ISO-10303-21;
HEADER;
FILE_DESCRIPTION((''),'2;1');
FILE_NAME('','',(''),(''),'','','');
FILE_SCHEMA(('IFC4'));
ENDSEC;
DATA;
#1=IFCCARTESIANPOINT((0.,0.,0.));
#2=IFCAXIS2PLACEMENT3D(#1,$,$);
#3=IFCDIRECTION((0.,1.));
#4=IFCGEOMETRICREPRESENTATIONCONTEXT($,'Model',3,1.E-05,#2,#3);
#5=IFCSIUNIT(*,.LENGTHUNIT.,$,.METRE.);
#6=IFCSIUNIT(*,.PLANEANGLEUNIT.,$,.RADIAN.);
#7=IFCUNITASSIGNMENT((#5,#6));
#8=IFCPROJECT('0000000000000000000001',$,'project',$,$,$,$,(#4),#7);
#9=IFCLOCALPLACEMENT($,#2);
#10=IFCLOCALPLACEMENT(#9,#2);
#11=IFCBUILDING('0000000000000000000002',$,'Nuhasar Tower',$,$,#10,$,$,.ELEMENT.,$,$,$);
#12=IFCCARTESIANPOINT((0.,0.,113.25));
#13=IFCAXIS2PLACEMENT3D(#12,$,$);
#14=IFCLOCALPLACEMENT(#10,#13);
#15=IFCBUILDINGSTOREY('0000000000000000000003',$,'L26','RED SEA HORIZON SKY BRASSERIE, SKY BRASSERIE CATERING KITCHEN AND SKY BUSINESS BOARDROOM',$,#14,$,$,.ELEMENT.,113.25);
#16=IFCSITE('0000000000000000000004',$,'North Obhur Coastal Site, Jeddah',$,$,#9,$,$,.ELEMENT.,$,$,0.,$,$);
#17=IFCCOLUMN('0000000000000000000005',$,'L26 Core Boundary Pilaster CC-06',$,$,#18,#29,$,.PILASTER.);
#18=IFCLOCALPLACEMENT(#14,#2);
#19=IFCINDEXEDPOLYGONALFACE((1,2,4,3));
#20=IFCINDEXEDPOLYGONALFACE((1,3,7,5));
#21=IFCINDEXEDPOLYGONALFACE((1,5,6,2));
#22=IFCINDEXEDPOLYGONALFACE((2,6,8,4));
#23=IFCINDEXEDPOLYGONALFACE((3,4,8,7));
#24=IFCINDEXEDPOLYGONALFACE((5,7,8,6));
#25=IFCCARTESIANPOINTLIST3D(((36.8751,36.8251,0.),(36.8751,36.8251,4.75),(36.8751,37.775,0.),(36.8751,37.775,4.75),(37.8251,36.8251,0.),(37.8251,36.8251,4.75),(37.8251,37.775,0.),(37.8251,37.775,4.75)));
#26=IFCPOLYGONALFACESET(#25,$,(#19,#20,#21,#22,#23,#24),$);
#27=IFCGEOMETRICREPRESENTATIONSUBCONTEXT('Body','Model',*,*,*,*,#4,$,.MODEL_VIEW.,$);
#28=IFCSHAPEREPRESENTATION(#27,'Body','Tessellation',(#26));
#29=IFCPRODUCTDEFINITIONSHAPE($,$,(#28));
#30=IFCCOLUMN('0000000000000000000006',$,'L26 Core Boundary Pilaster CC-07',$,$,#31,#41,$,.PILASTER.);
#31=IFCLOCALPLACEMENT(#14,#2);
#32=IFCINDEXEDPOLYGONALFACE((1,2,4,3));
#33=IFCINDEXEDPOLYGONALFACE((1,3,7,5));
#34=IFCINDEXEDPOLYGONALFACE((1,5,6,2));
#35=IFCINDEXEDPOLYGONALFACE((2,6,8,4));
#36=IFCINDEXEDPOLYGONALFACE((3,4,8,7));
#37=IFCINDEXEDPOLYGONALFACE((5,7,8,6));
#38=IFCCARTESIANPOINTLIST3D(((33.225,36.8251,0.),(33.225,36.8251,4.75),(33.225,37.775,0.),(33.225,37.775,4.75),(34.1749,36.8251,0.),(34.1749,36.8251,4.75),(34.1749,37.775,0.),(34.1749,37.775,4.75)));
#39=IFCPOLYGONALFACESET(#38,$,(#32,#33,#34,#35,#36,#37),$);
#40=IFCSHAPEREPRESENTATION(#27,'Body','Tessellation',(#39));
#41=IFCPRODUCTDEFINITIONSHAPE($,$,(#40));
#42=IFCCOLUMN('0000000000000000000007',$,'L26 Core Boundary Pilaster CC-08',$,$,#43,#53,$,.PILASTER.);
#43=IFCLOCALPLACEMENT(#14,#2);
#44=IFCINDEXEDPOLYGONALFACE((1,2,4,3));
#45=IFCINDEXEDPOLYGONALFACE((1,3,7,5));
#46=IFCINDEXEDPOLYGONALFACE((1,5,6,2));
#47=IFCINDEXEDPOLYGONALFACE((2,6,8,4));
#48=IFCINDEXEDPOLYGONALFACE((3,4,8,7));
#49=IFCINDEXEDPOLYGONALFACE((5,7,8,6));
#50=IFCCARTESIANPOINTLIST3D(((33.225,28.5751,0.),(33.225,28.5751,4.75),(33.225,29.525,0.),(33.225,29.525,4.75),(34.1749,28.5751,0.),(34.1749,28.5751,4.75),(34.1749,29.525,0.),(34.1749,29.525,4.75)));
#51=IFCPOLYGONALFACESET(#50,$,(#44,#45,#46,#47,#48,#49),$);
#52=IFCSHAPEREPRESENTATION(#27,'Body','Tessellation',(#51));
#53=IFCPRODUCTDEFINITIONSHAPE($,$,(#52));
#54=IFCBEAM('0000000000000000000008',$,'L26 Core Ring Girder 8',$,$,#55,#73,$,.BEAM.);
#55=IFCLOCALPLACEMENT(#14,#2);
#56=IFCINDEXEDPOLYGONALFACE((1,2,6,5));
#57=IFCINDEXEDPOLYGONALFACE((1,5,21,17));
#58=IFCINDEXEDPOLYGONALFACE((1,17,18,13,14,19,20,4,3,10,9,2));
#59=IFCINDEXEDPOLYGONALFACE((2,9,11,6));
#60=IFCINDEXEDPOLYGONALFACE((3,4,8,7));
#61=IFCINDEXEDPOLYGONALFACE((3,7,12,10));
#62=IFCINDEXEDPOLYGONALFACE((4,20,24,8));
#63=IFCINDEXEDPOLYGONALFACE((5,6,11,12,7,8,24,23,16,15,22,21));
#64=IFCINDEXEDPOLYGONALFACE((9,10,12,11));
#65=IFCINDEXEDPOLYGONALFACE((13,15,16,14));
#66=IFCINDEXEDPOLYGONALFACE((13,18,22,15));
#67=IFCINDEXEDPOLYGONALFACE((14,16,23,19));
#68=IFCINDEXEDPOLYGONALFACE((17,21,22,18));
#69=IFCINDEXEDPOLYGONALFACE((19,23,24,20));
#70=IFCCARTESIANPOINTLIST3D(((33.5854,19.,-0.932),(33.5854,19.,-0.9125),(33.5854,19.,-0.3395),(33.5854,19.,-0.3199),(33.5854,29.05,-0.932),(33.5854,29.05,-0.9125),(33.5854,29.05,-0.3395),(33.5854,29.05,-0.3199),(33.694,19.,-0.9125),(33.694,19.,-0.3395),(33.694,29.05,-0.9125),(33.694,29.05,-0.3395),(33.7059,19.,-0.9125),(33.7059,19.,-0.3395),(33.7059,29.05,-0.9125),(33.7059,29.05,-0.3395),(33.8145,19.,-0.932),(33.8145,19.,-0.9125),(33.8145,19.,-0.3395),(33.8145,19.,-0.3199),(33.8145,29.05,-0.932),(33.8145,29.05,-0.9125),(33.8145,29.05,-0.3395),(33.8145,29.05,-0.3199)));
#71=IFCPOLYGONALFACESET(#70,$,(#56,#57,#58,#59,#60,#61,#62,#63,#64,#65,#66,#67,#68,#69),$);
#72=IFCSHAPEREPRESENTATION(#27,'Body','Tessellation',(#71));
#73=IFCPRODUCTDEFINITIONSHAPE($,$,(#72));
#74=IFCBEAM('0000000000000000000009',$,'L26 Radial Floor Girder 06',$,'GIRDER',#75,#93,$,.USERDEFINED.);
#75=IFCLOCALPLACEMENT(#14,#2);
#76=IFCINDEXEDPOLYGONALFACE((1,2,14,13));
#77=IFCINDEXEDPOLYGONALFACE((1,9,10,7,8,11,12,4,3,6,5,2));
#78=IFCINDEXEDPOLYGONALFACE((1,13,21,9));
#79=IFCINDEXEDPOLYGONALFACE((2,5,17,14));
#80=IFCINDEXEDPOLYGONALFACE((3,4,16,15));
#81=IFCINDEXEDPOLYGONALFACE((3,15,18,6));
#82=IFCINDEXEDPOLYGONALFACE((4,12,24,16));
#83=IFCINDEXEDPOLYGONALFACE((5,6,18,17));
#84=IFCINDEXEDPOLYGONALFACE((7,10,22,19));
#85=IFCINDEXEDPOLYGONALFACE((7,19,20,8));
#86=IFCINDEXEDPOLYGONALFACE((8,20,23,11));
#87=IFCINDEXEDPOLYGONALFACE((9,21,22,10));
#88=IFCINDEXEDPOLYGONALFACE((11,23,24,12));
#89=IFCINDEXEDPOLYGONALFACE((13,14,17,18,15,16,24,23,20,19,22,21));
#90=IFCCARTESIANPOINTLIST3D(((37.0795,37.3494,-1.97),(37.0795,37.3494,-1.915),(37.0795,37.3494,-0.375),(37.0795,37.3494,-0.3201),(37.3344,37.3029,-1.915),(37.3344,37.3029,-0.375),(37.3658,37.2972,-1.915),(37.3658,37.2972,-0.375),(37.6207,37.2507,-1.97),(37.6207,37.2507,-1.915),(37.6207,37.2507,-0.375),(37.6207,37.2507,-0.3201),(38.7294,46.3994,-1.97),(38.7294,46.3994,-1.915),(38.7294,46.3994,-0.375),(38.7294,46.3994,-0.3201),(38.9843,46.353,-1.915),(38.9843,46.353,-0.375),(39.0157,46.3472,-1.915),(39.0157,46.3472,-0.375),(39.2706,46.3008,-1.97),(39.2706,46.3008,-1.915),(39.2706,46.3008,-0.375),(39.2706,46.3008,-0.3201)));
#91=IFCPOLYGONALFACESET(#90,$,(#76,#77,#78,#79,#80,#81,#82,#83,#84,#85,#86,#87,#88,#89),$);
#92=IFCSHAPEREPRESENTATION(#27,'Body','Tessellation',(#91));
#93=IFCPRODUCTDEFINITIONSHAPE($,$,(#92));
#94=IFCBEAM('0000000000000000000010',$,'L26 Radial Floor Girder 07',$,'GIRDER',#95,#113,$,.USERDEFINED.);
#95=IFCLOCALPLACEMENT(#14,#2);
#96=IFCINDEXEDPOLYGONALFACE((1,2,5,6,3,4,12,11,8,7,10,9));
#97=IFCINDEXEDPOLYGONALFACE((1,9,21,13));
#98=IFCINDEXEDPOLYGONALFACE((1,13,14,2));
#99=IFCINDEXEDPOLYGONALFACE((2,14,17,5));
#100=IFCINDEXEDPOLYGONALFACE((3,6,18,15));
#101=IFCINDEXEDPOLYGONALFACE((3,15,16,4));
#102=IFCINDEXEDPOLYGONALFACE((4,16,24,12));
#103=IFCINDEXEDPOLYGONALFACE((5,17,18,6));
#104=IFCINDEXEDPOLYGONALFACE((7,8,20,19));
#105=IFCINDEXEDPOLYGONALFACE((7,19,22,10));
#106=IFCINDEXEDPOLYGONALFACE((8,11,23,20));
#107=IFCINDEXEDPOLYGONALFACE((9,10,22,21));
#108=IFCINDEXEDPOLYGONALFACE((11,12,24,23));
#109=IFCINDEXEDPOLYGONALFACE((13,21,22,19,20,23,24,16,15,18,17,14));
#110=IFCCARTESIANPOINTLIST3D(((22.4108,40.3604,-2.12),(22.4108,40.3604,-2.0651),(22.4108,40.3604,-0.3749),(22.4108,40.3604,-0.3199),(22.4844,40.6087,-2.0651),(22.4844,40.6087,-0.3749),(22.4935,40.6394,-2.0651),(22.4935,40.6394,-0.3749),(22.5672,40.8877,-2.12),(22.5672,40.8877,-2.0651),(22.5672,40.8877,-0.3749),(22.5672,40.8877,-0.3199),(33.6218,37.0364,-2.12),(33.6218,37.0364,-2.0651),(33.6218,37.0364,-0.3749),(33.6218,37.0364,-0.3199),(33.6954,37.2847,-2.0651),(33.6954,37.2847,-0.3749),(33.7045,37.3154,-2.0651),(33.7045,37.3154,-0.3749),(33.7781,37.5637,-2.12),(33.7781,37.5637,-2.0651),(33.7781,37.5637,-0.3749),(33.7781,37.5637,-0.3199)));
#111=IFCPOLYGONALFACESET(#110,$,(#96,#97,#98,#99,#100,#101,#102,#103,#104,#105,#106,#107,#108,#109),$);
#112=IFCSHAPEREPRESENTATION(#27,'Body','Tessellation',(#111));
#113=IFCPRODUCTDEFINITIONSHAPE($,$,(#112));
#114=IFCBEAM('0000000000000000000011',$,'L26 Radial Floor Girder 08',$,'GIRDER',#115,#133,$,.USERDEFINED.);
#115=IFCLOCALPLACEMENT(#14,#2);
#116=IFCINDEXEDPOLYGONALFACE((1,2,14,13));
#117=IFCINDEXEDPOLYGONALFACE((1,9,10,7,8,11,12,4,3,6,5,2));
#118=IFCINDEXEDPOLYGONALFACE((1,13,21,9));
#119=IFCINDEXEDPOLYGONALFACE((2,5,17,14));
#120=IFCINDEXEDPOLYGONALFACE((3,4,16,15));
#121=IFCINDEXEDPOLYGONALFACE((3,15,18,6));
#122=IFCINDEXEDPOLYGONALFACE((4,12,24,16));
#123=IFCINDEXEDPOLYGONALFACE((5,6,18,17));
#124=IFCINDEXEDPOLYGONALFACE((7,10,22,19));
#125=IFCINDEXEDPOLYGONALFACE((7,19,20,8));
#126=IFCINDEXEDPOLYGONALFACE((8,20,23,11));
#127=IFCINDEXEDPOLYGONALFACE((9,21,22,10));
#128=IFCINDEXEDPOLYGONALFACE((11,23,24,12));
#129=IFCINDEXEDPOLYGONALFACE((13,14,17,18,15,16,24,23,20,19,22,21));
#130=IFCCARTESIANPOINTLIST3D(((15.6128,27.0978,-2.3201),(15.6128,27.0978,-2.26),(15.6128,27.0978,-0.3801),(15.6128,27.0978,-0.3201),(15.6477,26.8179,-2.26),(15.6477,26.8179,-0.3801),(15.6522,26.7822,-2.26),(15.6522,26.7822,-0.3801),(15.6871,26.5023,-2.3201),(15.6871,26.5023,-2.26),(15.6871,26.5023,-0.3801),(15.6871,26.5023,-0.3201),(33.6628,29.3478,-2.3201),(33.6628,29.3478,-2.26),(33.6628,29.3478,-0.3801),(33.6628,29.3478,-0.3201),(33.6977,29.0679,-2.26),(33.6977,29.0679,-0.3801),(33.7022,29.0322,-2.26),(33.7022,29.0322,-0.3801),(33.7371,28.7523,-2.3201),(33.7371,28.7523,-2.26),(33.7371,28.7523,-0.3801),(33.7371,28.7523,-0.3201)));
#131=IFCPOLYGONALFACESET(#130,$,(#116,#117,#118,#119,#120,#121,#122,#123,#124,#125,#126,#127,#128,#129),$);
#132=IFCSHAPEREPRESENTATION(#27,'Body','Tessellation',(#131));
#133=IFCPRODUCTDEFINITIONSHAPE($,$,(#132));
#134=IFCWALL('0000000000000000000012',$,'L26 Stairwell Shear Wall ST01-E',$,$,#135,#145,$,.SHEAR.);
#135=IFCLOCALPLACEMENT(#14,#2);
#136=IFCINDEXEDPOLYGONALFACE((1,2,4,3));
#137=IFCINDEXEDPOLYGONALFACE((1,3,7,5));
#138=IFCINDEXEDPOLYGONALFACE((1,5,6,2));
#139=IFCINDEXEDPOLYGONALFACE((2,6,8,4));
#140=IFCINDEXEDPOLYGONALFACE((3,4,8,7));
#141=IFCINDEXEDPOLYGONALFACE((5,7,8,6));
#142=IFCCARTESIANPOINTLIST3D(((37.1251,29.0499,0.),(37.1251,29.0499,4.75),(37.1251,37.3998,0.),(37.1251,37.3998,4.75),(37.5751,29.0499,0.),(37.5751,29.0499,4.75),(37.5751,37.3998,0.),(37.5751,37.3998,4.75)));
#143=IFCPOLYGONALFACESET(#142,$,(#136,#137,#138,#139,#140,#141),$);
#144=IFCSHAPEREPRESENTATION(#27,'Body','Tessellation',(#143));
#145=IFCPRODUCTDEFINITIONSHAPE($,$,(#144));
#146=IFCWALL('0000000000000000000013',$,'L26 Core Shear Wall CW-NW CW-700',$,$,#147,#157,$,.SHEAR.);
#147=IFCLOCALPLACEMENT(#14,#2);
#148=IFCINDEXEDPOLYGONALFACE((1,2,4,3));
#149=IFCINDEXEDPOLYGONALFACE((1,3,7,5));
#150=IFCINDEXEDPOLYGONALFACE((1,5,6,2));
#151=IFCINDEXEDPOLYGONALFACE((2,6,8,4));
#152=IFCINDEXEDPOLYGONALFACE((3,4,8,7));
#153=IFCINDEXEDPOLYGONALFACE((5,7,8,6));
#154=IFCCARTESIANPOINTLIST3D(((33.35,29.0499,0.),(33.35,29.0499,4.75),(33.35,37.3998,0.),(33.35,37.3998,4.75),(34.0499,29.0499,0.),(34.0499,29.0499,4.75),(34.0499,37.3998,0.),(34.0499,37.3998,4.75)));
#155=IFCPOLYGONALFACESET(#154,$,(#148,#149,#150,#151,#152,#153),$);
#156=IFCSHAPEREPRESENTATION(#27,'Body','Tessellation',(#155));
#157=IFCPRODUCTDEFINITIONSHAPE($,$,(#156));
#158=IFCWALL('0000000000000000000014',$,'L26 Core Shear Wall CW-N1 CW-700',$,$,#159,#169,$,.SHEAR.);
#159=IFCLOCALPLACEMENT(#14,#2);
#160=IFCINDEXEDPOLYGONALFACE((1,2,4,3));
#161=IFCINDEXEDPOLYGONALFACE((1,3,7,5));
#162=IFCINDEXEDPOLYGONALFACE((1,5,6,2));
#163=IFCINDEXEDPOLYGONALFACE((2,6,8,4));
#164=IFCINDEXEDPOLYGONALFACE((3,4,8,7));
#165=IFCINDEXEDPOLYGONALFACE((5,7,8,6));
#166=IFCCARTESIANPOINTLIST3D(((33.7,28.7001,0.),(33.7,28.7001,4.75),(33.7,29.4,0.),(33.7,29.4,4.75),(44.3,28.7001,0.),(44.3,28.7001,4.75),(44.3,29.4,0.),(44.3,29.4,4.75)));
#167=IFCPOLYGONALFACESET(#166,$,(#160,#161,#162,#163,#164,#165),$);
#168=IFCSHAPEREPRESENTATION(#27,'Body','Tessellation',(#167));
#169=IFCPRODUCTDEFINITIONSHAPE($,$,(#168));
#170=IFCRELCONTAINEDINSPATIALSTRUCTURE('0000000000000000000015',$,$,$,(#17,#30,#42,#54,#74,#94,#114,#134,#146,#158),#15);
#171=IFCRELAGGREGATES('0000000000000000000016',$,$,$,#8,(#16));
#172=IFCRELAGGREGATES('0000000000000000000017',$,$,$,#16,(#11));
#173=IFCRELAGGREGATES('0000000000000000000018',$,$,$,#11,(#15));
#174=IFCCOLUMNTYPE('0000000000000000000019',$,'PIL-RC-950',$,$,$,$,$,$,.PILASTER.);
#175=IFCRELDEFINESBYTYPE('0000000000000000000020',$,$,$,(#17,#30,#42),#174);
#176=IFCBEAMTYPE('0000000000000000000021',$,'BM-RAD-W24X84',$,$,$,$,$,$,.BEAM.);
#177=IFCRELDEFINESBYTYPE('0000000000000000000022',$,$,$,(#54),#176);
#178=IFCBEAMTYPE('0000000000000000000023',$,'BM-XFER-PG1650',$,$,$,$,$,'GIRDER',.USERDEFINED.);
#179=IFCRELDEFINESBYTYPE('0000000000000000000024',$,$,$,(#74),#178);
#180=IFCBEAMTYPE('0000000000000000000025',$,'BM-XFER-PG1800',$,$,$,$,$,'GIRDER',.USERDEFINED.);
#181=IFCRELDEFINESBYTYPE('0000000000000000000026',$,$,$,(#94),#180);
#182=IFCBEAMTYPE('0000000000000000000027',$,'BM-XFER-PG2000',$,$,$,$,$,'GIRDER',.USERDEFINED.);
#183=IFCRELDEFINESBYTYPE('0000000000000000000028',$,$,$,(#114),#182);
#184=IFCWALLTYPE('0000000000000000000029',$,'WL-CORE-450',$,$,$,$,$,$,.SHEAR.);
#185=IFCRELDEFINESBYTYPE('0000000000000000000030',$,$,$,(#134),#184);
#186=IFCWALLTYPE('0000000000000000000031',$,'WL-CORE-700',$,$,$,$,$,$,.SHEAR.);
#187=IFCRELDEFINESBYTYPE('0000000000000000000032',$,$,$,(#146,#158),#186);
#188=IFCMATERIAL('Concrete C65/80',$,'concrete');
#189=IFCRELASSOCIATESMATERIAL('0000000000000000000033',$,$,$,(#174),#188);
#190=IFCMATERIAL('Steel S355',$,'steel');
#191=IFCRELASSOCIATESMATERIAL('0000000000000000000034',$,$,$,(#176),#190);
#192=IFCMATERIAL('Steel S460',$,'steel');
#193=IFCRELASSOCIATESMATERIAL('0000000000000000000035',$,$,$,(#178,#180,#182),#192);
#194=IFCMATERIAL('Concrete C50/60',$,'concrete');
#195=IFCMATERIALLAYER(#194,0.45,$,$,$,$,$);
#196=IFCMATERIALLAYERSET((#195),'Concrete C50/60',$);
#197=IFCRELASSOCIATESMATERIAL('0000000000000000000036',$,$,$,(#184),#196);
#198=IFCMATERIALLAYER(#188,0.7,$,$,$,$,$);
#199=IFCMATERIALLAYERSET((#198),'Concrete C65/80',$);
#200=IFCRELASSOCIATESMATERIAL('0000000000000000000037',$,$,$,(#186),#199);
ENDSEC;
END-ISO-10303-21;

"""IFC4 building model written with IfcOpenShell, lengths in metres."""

from ifc_helpers import new_model, si_unit, direction, frame, frame_2d, origin, origin_2d, place, context, subcontext, project, spatial, rectangle, i_section, extrude, material, layer, layer_set, material_profile, profile_set, type_object, element, save


model = new_model("IFC4")

# Units and contexts
model_context = context("Model", 3, precision=1e-05, world=origin(), true_north=direction((0.0, 1.0)))
body_context = subcontext(model_context, "Body", "Model", "MODEL_VIEW")
ifc_project = project(units=[si_unit("LENGTHUNIT", "METRE"), si_unit("PLANEANGLEUNIT", "RADIAN")], contexts=[model_context])

# Site, building, storey
site_placement = place(None, origin())
site = spatial("IfcSite", under=ifc_project, at=site_placement, Name="North Obhur Coastal Site, Jeddah", CompositionType="ELEMENT", RefElevation=0.0)
building_placement = place(site_placement, origin())
building = spatial("IfcBuilding", under=site, at=building_placement, Name="Nuhasar Tower", CompositionType="ELEMENT")
storey_placement = place(building_placement, frame((0.0, 0.0, 113.25)))
storey = spatial("IfcBuildingStorey", under=building, at=storey_placement, Name="L26", Description="RED SEA HORIZON SKY BRASSERIE, SKY BRASSERIE CATERING KITCHEN AND SKY BUSINESS BOARDROOM", CompositionType="ELEMENT", Elevation=113.25)

# Columns
ifc_material_1 = material(Name="Concrete C65/80", Category="concrete")
ifc_material_profile_1 = material_profile(ifc_material_1, rectangle(XDim=0.95, YDim=0.95, at=origin_2d()), Name="RC950X950")
ifc_profile_set_1 = profile_set([ifc_material_profile_1], Name="Concrete C65/80")
column_type = type_object("IfcColumnType", Name="PIL-RC-950", PredefinedType="PILASTER", material=ifc_profile_set_1)
for number, where, z_axis, x_axis, name in (
    (1, (37.3501, 37.3, 0.0), (0.0, 0.0, 1.0), (1.0, 0.0, 0.0), "L26 Core Boundary Pilaster CC-06"),
    (2, (33.7, 37.3, 0.0), (0.0, 0.0, 1.0), (1.0, 0.0, 0.0), "L26 Core Boundary Pilaster CC-07"),
    (3, (33.7, 29.05, 0.0), (0.0, 0.0, 1.0), (1.0, 0.0, 0.0), "L26 Core Boundary Pilaster CC-08"),
):
    element("IfcColumn", number, at=place(storey_placement, frame(where, z_axis=z_axis, x_axis=x_axis)), inside=storey, type_object=column_type, Name=name, PredefinedType="PILASTER", context=body_context, shape_type="SweptSolid", body=[
        extrude(rectangle(XDim=0.95, YDim=0.95, at=origin_2d()), origin(), (0.0, 0.0, 1.0), 4.75),
    ])

# Beams
ifc_material_2 = material(Name="Steel S355", Category="steel")
ifc_material_profile_2 = material_profile(ifc_material_2, i_section(OverallWidth=0.229, OverallDepth=0.6121, WebThickness=0.012, FlangeThickness=0.0195, at=origin_2d()), Name="W24X84")
ifc_profile_set_2 = profile_set([ifc_material_profile_2], Name="Steel S355")
beam_type_1 = type_object("IfcBeamType", Name="BM-RAD-W24X84", PredefinedType="BEAM", material=ifc_profile_set_2)
beam_1_placement = place(storey_placement, frame((33.7, 29.05, -0.626), z_axis=(0.0, -1.0, 0.0), x_axis=(1.0, 0.0, 0.0)))
element("IfcBeam", 4, at=beam_1_placement, inside=storey, type_object=beam_type_1, Name="L26 Core Ring Girder 8", PredefinedType="BEAM", context=body_context, shape_type="SweptSolid", body=[
    extrude(i_section(OverallWidth=0.229, OverallDepth=0.6121, WebThickness=0.012, FlangeThickness=0.0195, at=origin_2d()), origin(), (0.0, 0.0, 1.0), 10.05),
])
ifc_material_3 = material(Name="Steel S460", Category="steel")
ifc_material_profile_3 = material_profile(ifc_material_3, i_section(OverallWidth=0.55, OverallDepth=1.6499, WebThickness=0.032, FlangeThickness=0.0549, at=origin_2d()), Name="PG1650X550")
ifc_profile_set_3 = profile_set([ifc_material_profile_3], Name="Steel S460")
beam_type_2 = type_object("IfcBeamType", Name="BM-XFER-PG1650", ElementType="GIRDER", PredefinedType="USERDEFINED", material=ifc_profile_set_3)
beam_2_placement = place(storey_placement, frame((37.3501, 37.3, -1.145), z_axis=(0.179353, 0.983785, 0.0), x_axis=(-0.983785, 0.179353, 0.0)))
element("IfcBeam", 5, at=beam_2_placement, inside=storey, type_object=beam_type_2, Name="L26 Radial Floor Girder 06", ObjectType="GIRDER", PredefinedType="USERDEFINED", context=body_context, shape_type="SweptSolid", body=[
    extrude(i_section(OverallWidth=0.55, OverallDepth=1.6499, WebThickness=0.032, FlangeThickness=0.0549, at=origin_2d()), origin(), (0.0, 0.0, 1.0), 9.1992),
])
ifc_material_profile_4 = material_profile(ifc_material_3, i_section(OverallWidth=0.55, OverallDepth=1.8, WebThickness=0.032, FlangeThickness=0.0549, at=origin_2d()), Name="PG1800X550")
ifc_profile_set_4 = profile_set([ifc_material_profile_4], Name="Steel S460")
beam_type_3 = type_object("IfcBeamType", Name="BM-XFER-PG1800", ElementType="GIRDER", PredefinedType="USERDEFINED", material=ifc_profile_set_4)
beam_3_placement = place(storey_placement, frame((33.7, 37.3, -1.22), z_axis=(-0.958746, 0.284262, 0.0), x_axis=(-0.284262, -0.958746, 0.0)))
element("IfcBeam", 6, at=beam_3_placement, inside=storey, type_object=beam_type_3, Name="L26 Radial Floor Girder 07", ObjectType="GIRDER", PredefinedType="USERDEFINED", context=body_context, shape_type="SweptSolid", body=[
    extrude(i_section(OverallWidth=0.55, OverallDepth=1.8, WebThickness=0.032, FlangeThickness=0.0549, at=origin_2d()), origin(), (0.0, 0.0, 1.0), 11.6934),
])
ifc_material_profile_5 = material_profile(ifc_material_3, i_section(OverallWidth=0.6001, OverallDepth=2.0, WebThickness=0.0359, FlangeThickness=0.0601, at=origin_2d()), Name="PG2000X600")
ifc_profile_set_5 = profile_set([ifc_material_profile_5], Name="Steel S460")
beam_type_4 = type_object("IfcBeamType", Name="BM-XFER-PG2000", ElementType="GIRDER", PredefinedType="USERDEFINED", material=ifc_profile_set_5)
beam_4_placement = place(storey_placement, frame((33.7, 29.05, -1.3201), z_axis=(-0.99232, -0.123696, 0.0), x_axis=(0.123696, -0.99232, 0.0)))
element("IfcBeam", 7, at=beam_4_placement, inside=storey, type_object=beam_type_4, Name="L26 Radial Floor Girder 08", ObjectType="GIRDER", PredefinedType="USERDEFINED", context=body_context, shape_type="SweptSolid", body=[
    extrude(i_section(OverallWidth=0.6001, OverallDepth=2.0, WebThickness=0.0359, FlangeThickness=0.0601, at=origin_2d()), origin(), (0.0, 0.0, 1.0), 18.1897),
])

# Walls
ifc_material_4 = material(Name="Concrete C50/60", Category="concrete")
ifc_layer_1 = layer(ifc_material_4, 0.45)
ifc_layer_set_1 = layer_set([ifc_layer_1], Name="Concrete C50/60")
wall_type_1 = type_object("IfcWallType", Name="WL-CORE-450", PredefinedType="SHEAR", material=ifc_layer_set_1)
wall_1_placement = place(storey_placement, frame((37.3501, 29.05, 0.0), z_axis=(0.0, 0.0, 1.0), x_axis=(0.0, 1.0, 0.0)))
element("IfcWall", 8, at=wall_1_placement, inside=storey, type_object=wall_type_1, Name="L26 Stairwell Shear Wall ST01-E", PredefinedType="SHEAR", context=body_context, shape_type="SweptSolid", body=[
    extrude(rectangle(XDim=8.3499, YDim=0.45, at=frame_2d((4.1748, 0.0))), origin(), (0.0, 0.0, 1.0), 4.75),
])
ifc_layer_2 = layer(ifc_material_1, 0.7)
ifc_layer_set_2 = layer_set([ifc_layer_2], Name="Concrete C65/80")
wall_type_2 = type_object("IfcWallType", Name="WL-CORE-700", PredefinedType="SHEAR", material=ifc_layer_set_2)
wall_2_placement = place(storey_placement, frame((33.7, 29.05, 0.0), z_axis=(0.0, 0.0, 1.0), x_axis=(0.0, 1.0, 0.0)))
element("IfcWall", 9, at=wall_2_placement, inside=storey, type_object=wall_type_2, Name="L26 Core Shear Wall CW-NW CW-700", PredefinedType="SHEAR", context=body_context, shape_type="SweptSolid", body=[
    extrude(rectangle(XDim=8.3499, YDim=0.7, at=frame_2d((4.1748, 0.0))), origin(), (0.0, 0.0, 1.0), 4.75),
])
wall_3_placement = place(storey_placement, frame((33.7, 29.05, 0.0), z_axis=(0.0, 0.0, 1.0), x_axis=(1.0, 0.0, 0.0)))
element("IfcWall", 10, at=wall_3_placement, inside=storey, type_object=wall_type_2, Name="L26 Core Shear Wall CW-N1 CW-700", PredefinedType="SHEAR", context=body_context, shape_type="SweptSolid", body=[
    extrude(rectangle(XDim=10.6001, YDim=0.7, at=frame_2d((5.3, 0.0))), origin(), (0.0, 0.0, 1.0), 4.75),
])

save(model, "model.ifc")
